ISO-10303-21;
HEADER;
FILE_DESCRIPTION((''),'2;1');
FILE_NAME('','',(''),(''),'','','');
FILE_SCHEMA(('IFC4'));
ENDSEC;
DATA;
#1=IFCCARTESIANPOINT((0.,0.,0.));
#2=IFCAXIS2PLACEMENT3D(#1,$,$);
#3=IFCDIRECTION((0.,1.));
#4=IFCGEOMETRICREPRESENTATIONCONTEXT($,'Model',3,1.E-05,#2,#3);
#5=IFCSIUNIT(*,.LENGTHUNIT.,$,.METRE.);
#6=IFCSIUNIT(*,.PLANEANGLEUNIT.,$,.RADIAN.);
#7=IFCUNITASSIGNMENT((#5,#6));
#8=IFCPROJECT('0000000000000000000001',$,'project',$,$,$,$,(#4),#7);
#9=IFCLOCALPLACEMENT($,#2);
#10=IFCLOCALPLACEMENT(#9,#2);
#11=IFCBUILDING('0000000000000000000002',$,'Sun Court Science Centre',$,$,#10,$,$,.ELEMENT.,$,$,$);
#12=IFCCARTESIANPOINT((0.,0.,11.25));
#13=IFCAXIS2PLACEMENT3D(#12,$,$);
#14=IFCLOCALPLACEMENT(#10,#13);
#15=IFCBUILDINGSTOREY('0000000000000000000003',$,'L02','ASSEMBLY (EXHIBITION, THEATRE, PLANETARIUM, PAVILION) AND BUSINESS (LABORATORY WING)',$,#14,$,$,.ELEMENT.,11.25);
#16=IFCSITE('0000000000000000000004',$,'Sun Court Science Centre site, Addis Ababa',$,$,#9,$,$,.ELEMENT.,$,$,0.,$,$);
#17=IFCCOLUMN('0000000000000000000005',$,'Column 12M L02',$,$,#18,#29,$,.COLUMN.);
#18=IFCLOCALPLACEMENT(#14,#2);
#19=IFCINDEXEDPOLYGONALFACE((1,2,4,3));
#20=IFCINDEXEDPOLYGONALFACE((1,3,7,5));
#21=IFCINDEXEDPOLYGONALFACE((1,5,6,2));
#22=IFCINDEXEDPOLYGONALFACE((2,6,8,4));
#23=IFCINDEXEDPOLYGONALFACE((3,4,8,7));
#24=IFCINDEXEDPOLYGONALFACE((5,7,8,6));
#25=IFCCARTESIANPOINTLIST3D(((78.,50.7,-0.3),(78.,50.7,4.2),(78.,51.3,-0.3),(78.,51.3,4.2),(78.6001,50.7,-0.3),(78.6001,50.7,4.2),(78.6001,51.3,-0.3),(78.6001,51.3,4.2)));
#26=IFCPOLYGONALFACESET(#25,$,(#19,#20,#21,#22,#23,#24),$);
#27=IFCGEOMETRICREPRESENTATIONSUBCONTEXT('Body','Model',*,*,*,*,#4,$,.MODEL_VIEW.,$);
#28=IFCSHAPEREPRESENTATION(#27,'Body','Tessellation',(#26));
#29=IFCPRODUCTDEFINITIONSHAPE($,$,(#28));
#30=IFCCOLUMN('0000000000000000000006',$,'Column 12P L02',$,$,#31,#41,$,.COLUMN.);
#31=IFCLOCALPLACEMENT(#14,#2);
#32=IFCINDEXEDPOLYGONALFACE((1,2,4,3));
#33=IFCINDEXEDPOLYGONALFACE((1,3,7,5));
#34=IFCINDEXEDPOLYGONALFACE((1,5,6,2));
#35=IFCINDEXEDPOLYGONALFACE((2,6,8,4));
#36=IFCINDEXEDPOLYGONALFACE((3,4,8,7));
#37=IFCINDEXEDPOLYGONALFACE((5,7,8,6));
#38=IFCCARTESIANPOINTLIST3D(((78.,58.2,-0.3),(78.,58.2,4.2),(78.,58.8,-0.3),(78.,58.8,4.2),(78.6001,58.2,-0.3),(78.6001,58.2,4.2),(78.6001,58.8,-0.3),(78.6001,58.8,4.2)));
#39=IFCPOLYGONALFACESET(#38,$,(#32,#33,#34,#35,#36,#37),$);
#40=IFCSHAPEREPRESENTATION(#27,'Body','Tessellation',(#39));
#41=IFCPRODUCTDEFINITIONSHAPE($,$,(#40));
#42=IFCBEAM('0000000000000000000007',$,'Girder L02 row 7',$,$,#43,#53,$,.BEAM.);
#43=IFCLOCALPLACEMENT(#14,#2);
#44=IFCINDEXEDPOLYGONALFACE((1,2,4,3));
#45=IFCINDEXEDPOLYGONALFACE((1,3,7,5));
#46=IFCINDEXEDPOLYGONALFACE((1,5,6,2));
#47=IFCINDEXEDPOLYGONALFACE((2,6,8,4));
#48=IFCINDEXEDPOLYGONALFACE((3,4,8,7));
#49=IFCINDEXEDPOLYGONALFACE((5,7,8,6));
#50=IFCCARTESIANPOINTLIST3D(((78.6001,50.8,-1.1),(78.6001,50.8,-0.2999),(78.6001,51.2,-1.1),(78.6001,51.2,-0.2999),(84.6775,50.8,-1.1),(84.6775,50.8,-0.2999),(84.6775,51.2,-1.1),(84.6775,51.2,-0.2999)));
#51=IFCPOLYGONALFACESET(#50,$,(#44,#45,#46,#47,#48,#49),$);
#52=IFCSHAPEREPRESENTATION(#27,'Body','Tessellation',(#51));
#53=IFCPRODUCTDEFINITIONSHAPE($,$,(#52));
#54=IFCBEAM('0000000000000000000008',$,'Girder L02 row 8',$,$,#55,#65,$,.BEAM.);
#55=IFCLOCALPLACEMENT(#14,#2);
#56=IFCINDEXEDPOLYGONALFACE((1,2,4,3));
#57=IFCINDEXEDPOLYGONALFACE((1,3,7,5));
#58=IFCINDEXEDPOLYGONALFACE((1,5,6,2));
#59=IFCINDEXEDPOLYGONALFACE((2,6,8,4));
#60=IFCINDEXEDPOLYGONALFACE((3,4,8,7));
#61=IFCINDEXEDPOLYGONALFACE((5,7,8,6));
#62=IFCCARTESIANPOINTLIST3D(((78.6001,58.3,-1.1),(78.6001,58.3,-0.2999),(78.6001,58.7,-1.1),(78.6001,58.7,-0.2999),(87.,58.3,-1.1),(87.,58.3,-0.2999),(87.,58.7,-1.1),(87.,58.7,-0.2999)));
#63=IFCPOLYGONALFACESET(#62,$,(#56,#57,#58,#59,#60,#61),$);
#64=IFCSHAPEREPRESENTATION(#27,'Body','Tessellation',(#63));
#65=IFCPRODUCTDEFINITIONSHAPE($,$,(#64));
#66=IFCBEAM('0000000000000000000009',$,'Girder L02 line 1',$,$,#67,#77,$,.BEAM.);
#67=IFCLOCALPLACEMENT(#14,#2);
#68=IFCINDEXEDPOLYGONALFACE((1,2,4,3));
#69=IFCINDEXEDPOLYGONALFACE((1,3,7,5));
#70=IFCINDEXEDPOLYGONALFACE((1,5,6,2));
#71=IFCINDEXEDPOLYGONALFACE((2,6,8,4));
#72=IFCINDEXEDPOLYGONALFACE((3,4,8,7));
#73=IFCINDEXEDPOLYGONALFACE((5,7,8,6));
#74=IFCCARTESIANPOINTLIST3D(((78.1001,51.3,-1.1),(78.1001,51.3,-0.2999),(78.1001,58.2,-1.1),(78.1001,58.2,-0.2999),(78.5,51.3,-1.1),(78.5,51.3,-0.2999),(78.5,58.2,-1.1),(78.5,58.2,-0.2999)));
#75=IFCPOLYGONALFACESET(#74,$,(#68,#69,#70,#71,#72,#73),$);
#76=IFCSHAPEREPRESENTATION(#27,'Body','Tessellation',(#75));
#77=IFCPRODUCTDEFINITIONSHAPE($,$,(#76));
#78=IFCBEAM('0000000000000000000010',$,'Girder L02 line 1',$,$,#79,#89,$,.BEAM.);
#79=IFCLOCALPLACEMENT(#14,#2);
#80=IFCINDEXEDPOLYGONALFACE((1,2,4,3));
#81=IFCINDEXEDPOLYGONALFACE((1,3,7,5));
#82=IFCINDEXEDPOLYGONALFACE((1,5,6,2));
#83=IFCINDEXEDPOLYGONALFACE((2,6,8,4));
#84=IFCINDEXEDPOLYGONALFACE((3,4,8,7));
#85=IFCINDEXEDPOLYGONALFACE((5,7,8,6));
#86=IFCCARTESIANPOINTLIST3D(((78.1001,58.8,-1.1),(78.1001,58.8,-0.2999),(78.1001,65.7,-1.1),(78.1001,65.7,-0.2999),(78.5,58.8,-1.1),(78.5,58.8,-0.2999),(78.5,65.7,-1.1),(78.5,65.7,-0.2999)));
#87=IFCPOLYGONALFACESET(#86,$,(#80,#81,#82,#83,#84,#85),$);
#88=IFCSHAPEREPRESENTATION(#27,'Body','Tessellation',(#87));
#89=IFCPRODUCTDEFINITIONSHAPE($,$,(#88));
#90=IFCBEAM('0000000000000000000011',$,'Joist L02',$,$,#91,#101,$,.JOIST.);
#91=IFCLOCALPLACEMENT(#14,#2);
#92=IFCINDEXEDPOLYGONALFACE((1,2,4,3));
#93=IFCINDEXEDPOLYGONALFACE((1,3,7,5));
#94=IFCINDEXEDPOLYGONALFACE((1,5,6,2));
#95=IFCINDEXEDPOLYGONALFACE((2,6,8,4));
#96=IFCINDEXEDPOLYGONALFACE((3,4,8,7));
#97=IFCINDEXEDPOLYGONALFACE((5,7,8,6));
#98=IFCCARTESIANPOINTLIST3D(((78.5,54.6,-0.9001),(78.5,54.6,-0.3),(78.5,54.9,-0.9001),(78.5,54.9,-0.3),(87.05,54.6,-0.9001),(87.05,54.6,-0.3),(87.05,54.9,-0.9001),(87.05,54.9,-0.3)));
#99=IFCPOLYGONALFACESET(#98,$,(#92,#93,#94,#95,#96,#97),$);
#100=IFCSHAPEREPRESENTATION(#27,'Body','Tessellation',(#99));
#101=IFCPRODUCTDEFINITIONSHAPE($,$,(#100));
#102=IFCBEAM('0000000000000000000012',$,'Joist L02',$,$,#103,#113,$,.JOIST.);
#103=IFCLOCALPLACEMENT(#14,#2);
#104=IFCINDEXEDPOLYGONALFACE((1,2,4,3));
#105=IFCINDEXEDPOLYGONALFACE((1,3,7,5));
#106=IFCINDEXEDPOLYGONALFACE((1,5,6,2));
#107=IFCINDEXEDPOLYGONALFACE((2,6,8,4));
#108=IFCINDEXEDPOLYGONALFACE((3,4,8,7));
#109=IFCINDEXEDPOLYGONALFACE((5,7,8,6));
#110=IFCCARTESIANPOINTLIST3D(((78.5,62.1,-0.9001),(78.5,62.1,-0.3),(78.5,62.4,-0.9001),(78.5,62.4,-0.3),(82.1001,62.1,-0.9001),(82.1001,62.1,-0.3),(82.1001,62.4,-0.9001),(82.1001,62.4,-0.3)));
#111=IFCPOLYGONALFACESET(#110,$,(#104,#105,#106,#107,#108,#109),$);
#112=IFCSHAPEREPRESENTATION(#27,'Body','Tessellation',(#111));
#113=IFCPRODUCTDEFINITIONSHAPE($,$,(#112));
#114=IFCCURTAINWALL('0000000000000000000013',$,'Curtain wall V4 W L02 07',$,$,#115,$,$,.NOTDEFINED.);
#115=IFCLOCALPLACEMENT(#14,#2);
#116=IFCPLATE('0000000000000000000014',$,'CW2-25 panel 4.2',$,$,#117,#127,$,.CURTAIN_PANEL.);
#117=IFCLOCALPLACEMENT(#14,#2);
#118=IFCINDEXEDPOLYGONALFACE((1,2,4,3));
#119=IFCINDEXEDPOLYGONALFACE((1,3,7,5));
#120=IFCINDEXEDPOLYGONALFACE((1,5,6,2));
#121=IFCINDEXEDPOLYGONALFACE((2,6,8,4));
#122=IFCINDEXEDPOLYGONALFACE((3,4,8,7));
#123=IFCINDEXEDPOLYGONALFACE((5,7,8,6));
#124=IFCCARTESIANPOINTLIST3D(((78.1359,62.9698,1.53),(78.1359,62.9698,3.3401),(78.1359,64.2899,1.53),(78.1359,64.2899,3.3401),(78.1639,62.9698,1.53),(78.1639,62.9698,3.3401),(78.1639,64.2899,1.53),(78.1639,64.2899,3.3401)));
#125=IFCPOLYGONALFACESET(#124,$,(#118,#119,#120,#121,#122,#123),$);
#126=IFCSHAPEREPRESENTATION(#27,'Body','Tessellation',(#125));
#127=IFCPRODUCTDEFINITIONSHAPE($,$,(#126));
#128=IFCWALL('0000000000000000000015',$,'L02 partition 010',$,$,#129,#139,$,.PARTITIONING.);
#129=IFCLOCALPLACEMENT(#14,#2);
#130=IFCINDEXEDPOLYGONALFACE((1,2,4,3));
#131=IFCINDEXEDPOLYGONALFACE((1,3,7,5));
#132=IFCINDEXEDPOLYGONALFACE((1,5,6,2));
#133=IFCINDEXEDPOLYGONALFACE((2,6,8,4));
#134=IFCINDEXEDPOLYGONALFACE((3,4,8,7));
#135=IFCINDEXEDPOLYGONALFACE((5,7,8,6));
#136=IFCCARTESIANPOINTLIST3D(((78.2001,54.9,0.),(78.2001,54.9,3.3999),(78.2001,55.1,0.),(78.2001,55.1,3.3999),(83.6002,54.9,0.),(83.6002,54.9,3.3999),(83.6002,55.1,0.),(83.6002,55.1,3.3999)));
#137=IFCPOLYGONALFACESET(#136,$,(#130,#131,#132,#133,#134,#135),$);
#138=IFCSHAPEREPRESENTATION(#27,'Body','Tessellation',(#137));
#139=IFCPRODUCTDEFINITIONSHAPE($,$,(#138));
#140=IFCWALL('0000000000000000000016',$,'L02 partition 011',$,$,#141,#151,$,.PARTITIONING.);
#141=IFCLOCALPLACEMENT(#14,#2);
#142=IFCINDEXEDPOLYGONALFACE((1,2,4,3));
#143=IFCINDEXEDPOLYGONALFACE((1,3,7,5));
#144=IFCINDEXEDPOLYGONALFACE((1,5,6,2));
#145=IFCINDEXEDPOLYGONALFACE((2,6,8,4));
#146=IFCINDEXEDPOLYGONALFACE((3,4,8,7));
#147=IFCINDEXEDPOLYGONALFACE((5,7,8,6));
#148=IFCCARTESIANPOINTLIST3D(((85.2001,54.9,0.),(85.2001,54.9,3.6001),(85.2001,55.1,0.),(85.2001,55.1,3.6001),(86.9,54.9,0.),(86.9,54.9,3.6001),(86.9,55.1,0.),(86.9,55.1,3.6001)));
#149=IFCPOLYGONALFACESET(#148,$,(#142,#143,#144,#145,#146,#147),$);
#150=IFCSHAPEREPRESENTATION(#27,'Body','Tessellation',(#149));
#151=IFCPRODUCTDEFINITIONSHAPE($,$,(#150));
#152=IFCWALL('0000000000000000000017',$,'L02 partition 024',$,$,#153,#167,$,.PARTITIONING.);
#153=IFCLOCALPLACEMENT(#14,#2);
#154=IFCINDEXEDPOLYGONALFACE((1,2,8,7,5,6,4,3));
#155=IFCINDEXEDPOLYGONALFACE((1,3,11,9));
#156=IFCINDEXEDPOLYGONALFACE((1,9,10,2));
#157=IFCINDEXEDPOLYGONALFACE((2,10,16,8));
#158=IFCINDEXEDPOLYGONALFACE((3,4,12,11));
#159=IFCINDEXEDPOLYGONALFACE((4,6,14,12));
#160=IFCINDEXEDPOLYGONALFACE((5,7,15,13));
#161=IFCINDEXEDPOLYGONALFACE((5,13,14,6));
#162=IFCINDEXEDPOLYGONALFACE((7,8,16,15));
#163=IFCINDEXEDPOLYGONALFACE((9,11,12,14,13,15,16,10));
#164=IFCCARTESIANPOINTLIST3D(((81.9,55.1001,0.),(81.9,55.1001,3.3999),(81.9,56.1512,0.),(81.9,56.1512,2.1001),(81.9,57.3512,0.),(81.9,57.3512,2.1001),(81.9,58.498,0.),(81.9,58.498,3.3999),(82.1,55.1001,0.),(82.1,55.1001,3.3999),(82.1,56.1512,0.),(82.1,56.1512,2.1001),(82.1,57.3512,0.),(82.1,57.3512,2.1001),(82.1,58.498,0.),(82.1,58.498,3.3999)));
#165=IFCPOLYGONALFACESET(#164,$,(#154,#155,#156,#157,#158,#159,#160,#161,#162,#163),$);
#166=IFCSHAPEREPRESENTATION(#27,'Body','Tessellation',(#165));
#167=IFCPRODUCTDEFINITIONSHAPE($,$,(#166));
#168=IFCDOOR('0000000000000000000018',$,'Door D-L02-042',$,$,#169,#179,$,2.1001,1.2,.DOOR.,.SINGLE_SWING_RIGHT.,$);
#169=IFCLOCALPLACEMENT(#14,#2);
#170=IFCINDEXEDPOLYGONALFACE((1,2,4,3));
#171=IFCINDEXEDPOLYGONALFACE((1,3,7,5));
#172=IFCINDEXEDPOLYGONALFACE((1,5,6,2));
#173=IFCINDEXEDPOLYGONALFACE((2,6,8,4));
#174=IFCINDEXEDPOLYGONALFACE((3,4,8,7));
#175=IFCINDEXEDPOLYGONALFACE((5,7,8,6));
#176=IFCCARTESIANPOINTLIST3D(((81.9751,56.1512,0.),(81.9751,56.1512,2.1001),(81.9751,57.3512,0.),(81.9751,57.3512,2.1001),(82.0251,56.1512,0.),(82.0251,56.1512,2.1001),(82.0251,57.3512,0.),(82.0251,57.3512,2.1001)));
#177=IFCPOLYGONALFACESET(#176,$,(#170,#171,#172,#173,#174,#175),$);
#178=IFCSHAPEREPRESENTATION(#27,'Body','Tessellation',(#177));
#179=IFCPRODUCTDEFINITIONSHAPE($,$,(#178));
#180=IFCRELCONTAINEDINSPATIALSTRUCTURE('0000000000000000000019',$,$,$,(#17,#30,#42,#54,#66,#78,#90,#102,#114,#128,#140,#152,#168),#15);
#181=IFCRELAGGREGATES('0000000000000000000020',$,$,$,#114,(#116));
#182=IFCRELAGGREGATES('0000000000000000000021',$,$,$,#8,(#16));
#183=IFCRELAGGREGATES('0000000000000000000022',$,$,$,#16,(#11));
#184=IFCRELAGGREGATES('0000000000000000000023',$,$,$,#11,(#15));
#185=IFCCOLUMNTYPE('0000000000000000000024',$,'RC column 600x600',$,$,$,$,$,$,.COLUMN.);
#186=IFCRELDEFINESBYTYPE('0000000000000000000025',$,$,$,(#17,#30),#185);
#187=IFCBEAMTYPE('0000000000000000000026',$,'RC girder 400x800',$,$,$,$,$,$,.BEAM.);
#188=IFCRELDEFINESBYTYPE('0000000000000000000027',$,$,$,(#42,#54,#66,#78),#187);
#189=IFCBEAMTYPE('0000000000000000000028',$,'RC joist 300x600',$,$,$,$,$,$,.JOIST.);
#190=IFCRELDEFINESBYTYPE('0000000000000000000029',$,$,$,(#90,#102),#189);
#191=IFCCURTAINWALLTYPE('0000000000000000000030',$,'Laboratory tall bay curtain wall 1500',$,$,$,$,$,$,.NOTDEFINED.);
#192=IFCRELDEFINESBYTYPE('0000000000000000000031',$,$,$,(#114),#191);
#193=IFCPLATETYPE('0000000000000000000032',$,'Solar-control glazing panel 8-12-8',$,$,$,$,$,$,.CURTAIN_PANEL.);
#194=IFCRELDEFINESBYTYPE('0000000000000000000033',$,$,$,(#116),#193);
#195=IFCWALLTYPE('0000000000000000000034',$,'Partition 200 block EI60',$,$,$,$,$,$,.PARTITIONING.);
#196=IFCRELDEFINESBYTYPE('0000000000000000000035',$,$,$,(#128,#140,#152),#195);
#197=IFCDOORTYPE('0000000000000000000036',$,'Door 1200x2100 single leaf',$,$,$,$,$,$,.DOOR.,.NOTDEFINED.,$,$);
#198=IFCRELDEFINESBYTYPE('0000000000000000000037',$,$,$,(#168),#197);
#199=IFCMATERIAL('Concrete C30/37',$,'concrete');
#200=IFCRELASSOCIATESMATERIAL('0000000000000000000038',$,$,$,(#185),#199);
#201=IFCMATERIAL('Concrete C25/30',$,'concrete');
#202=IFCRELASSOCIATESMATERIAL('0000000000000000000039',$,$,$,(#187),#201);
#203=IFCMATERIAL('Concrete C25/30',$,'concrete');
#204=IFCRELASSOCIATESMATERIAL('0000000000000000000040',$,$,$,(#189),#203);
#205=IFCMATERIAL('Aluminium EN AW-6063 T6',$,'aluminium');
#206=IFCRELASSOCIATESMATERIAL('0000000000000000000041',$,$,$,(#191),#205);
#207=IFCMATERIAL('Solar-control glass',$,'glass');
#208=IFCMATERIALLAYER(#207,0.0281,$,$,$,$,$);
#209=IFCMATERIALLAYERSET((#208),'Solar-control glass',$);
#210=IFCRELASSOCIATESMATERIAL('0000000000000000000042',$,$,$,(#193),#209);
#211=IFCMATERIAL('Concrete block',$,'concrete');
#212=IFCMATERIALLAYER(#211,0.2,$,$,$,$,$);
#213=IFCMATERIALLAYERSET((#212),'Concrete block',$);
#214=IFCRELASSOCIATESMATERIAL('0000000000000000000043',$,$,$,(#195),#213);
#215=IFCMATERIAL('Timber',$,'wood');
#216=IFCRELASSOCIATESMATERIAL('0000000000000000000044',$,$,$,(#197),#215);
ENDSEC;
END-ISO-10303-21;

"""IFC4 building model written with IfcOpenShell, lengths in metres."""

from ifc_helpers import new_model, si_unit, direction, frame, frame_2d, origin, origin_2d, place, context, subcontext, project, spatial, rectangle, extrude, material, layer, layer_set, material_profile, profile_set, type_object, element, fill, aggregate, save


model = new_model("IFC4")

# Units and contexts
model_context = context("Model", 3, precision=1e-05, world=origin(), true_north=direction((0.0, 1.0)))
body_context = subcontext(model_context, "Body", "Model", "MODEL_VIEW")
ifc_project = project(units=[si_unit("LENGTHUNIT", "METRE"), si_unit("PLANEANGLEUNIT", "RADIAN")], contexts=[model_context])

# Site, building, storey
site_placement = place(None, origin())
site = spatial("IfcSite", under=ifc_project, at=site_placement, Name="Sun Court Science Centre site, Addis Ababa", CompositionType="ELEMENT", RefElevation=0.0)
building_placement = place(site_placement, origin())
building = spatial("IfcBuilding", under=site, at=building_placement, Name="Sun Court Science Centre", CompositionType="ELEMENT")
storey_placement = place(building_placement, frame((0.0, 0.0, 11.25)))
storey = spatial("IfcBuildingStorey", under=building, at=storey_placement, Name="L02", Description="ASSEMBLY (EXHIBITION, THEATRE, PLANETARIUM, PAVILION) AND BUSINESS (LABORATORY WING)", CompositionType="ELEMENT", Elevation=11.25)

# Columns
ifc_material_1 = material(Name="Concrete C30/37", Category="concrete")
ifc_material_profile_1 = material_profile(ifc_material_1, rectangle(XDim=0.6001, YDim=0.6001, at=origin_2d()), Name="RC 600x600")
ifc_profile_set_1 = profile_set([ifc_material_profile_1], Name="Concrete C30/37")
column_type = type_object("IfcColumnType", Name="RC column 600x600", PredefinedType="COLUMN", material=ifc_profile_set_1)
for number, where, z_axis, x_axis, name in (
    (1, (78.3, 51.0, -0.3), (0.0, 0.0, 1.0), (1.0, 0.0, 0.0), "Column 12M L02"),
    (2, (78.3, 58.5, -0.3), (0.0, 0.0, 1.0), (1.0, 0.0, 0.0), "Column 12P L02"),
):
    element("IfcColumn", number, at=place(storey_placement, frame(where, z_axis=z_axis, x_axis=x_axis)), inside=storey, type_object=column_type, Name=name, PredefinedType="COLUMN", context=body_context, shape_type="SweptSolid", body=[
        extrude(rectangle(XDim=0.6001, YDim=0.6001, at=origin_2d()), origin(), (0.0, 0.0, 1.0), 4.5),
    ])

# Beams
ifc_material_2 = material(Name="Concrete C25/30", Category="concrete")
ifc_material_profile_2 = material_profile(ifc_material_2, rectangle(XDim=0.3999, YDim=0.8, at=origin_2d()), Name="RC 400x800")
ifc_profile_set_2 = profile_set([ifc_material_profile_2], Name="Concrete C25/30")
beam_type_1 = type_object("IfcBeamType", Name="RC girder 400x800", PredefinedType="BEAM", material=ifc_profile_set_2)
beam_1_placement = place(storey_placement, frame((78.6001, 51.0, -0.7), z_axis=(1.0, 0.0, 0.0), x_axis=(0.0, 1.0, 0.0)))
element("IfcBeam", 3, at=beam_1_placement, inside=storey, type_object=beam_type_1, Name="Girder L02 row 7", PredefinedType="BEAM", context=body_context, shape_type="SweptSolid", body=[
    extrude(rectangle(XDim=0.3999, YDim=0.8, at=origin_2d()), origin(), (0.0, 0.0, 1.0), 6.0774),
])
beam_2_placement = place(storey_placement, frame((78.6001, 58.5, -0.7), z_axis=(1.0, 0.0, 0.0), x_axis=(0.0, 1.0, 0.0)))
element("IfcBeam", 4, at=beam_2_placement, inside=storey, type_object=beam_type_1, Name="Girder L02 row 8", PredefinedType="BEAM", context=body_context, shape_type="SweptSolid", body=[
    extrude(rectangle(XDim=0.3999, YDim=0.8, at=origin_2d()), origin(), (0.0, 0.0, 1.0), 8.3999),
])
for number, where, z_axis, x_axis, name in (
    (5, (78.3, 51.3, -0.7), (0.0, 1.0, 0.0), (-1.0, 0.0, 0.0), "Girder L02 line 1"),
    (6, (78.3, 58.8, -0.7), (0.0, 1.0, 0.0), (-1.0, 0.0, 0.0), "Girder L02 line 1"),
):
    element("IfcBeam", number, at=place(storey_placement, frame(where, z_axis=z_axis, x_axis=x_axis)), inside=storey, type_object=beam_type_1, Name=name, PredefinedType="BEAM", context=body_context, shape_type="SweptSolid", body=[
        extrude(rectangle(XDim=0.3999, YDim=0.8, at=origin_2d()), origin(), (0.0, 0.0, 1.0), 6.8999),
    ])
ifc_material_3 = material(Name="Concrete C25/30", Category="concrete")
ifc_material_profile_3 = material_profile(ifc_material_3, rectangle(XDim=0.3, YDim=0.6001, at=origin_2d()), Name="RC 300x600")
ifc_profile_set_3 = profile_set([ifc_material_profile_3], Name="Concrete C25/30")
beam_type_2 = type_object("IfcBeamType", Name="RC joist 300x600", PredefinedType="JOIST", material=ifc_profile_set_3)
beam_3_placement = place(storey_placement, frame((78.5, 54.75, -0.6001), z_axis=(1.0, 0.0, 0.0), x_axis=(0.0, 1.0, 0.0)))
element("IfcBeam", 7, at=beam_3_placement, inside=storey, type_object=beam_type_2, Name="Joist L02", PredefinedType="JOIST", context=body_context, shape_type="SweptSolid", body=[
    extrude(rectangle(XDim=0.3, YDim=0.6001, at=origin_2d()), origin(), (0.0, 0.0, 1.0), 8.55),
])
beam_4_placement = place(storey_placement, frame((78.5, 62.25, -0.6001), z_axis=(1.0, 0.0, 0.0), x_axis=(0.0, 1.0, 0.0)))
element("IfcBeam", 8, at=beam_4_placement, inside=storey, type_object=beam_type_2, Name="Joist L02", PredefinedType="JOIST", context=body_context, shape_type="SweptSolid", body=[
    extrude(rectangle(XDim=0.3, YDim=0.6001, at=origin_2d()), origin(), (0.0, 0.0, 1.0), 3.6001),
])

# Curtain wall, plate
ifc_material_4 = material(Name="Aluminium EN AW-6063 T6", Category="aluminium")
curtain_wall_type = type_object("IfcCurtainWallType", Name="Laboratory tall bay curtain wall 1500", PredefinedType="NOTDEFINED", material=ifc_material_4)
curtain_wall_placement = place(storey_placement, origin())
curtain_wall = element("IfcCurtainWall", 9, at=curtain_wall_placement, inside=storey, type_object=curtain_wall_type, Name="Curtain wall V4 W L02 07", PredefinedType="NOTDEFINED")
ifc_material_5 = material(Name="Solar-control glass", Category="glass")
ifc_layer_1 = layer(ifc_material_5, 0.0281)
ifc_layer_set_1 = layer_set([ifc_layer_1], Name="Solar-control glass")
plate_type = type_object("IfcPlateType", Name="Solar-control glazing panel 8-12-8", PredefinedType="CURTAIN_PANEL", material=ifc_layer_set_1)
plate_placement = place(storey_placement, frame((78.1499, 63.6299, 1.53), z_axis=(0.0, 0.0, 1.0), x_axis=(0.0, 1.0, 0.0)))
plate = element("IfcPlate", 10, at=plate_placement, type_object=plate_type, Name="CW2-25 panel 4.2", PredefinedType="CURTAIN_PANEL", context=body_context, shape_type="SweptSolid", body=[
    extrude(rectangle(XDim=1.3201, YDim=0.0281, at=origin_2d()), origin(), (0.0, 0.0, 1.0), 1.8101),
])
aggregate(curtain_wall, [plate])

# Walls
ifc_material_6 = material(Name="Concrete block", Category="concrete")
ifc_layer_2 = layer(ifc_material_6, 0.2)
ifc_layer_set_2 = layer_set([ifc_layer_2], Name="Concrete block")
wall_type_1 = type_object("IfcWallType", Name="Partition 200 block EI60", PredefinedType="PARTITIONING", material=ifc_layer_set_2)
wall_1_placement = place(storey_placement, frame((78.2, 55.0, 0.0), z_axis=(0.0, 0.0, 1.0), x_axis=(1.0, 0.0, 0.0)))
element("IfcWall", 11, at=wall_1_placement, inside=storey, type_object=wall_type_1, Name="L02 partition 010", PredefinedType="PARTITIONING", context=body_context, shape_type="SweptSolid", body=[
    extrude(rectangle(XDim=5.4001, YDim=0.2, at=frame_2d((2.7002, 0.0))), origin(), (0.0, 0.0, 1.0), 3.3999),
])
wall_2_placement = place(storey_placement, frame((85.2, 55.0, 0.0), z_axis=(0.0, 0.0, 1.0), x_axis=(1.0, 0.0, 0.0)))
element("IfcWall", 12, at=wall_2_placement, inside=storey, type_object=wall_type_1, Name="L02 partition 011", PredefinedType="PARTITIONING", context=body_context, shape_type="SweptSolid", body=[
    extrude(rectangle(XDim=1.7, YDim=0.2, at=frame_2d((0.8501, 0.0))), origin(), (0.0, 0.0, 1.0), 3.6001),
])

# Wall, opening, door
wall_3_placement = place(storey_placement, frame((82.0, 55.1001, 0.0), z_axis=(0.0, 0.0, 1.0), x_axis=(0.0, 1.0, 0.0)))
wall_3 = element("IfcWall", 13, at=wall_3_placement, inside=storey, type_object=wall_type_1, Name="L02 partition 024", PredefinedType="PARTITIONING", context=body_context, shape_type="SweptSolid", body=[
    extrude(rectangle(XDim=3.3979, YDim=0.2, at=frame_2d((1.699, 0.0))), origin(), (0.0, 0.0, 1.0), 3.3999),
])
opening_1_placement = place(wall_3_placement, frame((1.051, 0.0, 0.0)))
opening_1 = element("IfcOpeningElement", 14, at=opening_1_placement, cuts=wall_3, PredefinedType="OPENING", context=body_context, shape_type="SweptSolid", body=[
    extrude(rectangle(XDim=1.2, YDim=2.1001, at=frame_2d((0.6001, 1.05))), frame((0.0, 0.1099, 0.0), z_axis=(0.0, -1.0, 0.0), x_axis=(1.0, 0.0, 0.0)), (0.0, 0.0, 1.0), 0.22),
])
ifc_material_7 = material(Name="Timber", Category="wood")
door_type_1 = type_object("IfcDoorType", Name="Door 1200x2100 single leaf", OperationType="NOTDEFINED", PredefinedType="DOOR", material=ifc_material_7)
door_1_placement = place(opening_1_placement, origin())
door_1 = element("IfcDoor", 15, at=door_1_placement, inside=storey, type_object=door_type_1, Name="Door D-L02-042", OperationType="SINGLE_SWING_RIGHT", OverallHeight=2.1001, OverallWidth=1.2, PredefinedType="DOOR", context=body_context, shape_type="SweptSolid", body=[
    extrude(rectangle(XDim=1.2, YDim=2.1001, at=frame_2d((0.6001, 1.05))), frame((0.0, 0.0249, 0.0), z_axis=(0.0, -1.0, 0.0), x_axis=(1.0, 0.0, 0.0)), (0.0, 0.0, 1.0), 0.05),
])
fill(opening_1, door_1)

save(model, "model.ifc")
